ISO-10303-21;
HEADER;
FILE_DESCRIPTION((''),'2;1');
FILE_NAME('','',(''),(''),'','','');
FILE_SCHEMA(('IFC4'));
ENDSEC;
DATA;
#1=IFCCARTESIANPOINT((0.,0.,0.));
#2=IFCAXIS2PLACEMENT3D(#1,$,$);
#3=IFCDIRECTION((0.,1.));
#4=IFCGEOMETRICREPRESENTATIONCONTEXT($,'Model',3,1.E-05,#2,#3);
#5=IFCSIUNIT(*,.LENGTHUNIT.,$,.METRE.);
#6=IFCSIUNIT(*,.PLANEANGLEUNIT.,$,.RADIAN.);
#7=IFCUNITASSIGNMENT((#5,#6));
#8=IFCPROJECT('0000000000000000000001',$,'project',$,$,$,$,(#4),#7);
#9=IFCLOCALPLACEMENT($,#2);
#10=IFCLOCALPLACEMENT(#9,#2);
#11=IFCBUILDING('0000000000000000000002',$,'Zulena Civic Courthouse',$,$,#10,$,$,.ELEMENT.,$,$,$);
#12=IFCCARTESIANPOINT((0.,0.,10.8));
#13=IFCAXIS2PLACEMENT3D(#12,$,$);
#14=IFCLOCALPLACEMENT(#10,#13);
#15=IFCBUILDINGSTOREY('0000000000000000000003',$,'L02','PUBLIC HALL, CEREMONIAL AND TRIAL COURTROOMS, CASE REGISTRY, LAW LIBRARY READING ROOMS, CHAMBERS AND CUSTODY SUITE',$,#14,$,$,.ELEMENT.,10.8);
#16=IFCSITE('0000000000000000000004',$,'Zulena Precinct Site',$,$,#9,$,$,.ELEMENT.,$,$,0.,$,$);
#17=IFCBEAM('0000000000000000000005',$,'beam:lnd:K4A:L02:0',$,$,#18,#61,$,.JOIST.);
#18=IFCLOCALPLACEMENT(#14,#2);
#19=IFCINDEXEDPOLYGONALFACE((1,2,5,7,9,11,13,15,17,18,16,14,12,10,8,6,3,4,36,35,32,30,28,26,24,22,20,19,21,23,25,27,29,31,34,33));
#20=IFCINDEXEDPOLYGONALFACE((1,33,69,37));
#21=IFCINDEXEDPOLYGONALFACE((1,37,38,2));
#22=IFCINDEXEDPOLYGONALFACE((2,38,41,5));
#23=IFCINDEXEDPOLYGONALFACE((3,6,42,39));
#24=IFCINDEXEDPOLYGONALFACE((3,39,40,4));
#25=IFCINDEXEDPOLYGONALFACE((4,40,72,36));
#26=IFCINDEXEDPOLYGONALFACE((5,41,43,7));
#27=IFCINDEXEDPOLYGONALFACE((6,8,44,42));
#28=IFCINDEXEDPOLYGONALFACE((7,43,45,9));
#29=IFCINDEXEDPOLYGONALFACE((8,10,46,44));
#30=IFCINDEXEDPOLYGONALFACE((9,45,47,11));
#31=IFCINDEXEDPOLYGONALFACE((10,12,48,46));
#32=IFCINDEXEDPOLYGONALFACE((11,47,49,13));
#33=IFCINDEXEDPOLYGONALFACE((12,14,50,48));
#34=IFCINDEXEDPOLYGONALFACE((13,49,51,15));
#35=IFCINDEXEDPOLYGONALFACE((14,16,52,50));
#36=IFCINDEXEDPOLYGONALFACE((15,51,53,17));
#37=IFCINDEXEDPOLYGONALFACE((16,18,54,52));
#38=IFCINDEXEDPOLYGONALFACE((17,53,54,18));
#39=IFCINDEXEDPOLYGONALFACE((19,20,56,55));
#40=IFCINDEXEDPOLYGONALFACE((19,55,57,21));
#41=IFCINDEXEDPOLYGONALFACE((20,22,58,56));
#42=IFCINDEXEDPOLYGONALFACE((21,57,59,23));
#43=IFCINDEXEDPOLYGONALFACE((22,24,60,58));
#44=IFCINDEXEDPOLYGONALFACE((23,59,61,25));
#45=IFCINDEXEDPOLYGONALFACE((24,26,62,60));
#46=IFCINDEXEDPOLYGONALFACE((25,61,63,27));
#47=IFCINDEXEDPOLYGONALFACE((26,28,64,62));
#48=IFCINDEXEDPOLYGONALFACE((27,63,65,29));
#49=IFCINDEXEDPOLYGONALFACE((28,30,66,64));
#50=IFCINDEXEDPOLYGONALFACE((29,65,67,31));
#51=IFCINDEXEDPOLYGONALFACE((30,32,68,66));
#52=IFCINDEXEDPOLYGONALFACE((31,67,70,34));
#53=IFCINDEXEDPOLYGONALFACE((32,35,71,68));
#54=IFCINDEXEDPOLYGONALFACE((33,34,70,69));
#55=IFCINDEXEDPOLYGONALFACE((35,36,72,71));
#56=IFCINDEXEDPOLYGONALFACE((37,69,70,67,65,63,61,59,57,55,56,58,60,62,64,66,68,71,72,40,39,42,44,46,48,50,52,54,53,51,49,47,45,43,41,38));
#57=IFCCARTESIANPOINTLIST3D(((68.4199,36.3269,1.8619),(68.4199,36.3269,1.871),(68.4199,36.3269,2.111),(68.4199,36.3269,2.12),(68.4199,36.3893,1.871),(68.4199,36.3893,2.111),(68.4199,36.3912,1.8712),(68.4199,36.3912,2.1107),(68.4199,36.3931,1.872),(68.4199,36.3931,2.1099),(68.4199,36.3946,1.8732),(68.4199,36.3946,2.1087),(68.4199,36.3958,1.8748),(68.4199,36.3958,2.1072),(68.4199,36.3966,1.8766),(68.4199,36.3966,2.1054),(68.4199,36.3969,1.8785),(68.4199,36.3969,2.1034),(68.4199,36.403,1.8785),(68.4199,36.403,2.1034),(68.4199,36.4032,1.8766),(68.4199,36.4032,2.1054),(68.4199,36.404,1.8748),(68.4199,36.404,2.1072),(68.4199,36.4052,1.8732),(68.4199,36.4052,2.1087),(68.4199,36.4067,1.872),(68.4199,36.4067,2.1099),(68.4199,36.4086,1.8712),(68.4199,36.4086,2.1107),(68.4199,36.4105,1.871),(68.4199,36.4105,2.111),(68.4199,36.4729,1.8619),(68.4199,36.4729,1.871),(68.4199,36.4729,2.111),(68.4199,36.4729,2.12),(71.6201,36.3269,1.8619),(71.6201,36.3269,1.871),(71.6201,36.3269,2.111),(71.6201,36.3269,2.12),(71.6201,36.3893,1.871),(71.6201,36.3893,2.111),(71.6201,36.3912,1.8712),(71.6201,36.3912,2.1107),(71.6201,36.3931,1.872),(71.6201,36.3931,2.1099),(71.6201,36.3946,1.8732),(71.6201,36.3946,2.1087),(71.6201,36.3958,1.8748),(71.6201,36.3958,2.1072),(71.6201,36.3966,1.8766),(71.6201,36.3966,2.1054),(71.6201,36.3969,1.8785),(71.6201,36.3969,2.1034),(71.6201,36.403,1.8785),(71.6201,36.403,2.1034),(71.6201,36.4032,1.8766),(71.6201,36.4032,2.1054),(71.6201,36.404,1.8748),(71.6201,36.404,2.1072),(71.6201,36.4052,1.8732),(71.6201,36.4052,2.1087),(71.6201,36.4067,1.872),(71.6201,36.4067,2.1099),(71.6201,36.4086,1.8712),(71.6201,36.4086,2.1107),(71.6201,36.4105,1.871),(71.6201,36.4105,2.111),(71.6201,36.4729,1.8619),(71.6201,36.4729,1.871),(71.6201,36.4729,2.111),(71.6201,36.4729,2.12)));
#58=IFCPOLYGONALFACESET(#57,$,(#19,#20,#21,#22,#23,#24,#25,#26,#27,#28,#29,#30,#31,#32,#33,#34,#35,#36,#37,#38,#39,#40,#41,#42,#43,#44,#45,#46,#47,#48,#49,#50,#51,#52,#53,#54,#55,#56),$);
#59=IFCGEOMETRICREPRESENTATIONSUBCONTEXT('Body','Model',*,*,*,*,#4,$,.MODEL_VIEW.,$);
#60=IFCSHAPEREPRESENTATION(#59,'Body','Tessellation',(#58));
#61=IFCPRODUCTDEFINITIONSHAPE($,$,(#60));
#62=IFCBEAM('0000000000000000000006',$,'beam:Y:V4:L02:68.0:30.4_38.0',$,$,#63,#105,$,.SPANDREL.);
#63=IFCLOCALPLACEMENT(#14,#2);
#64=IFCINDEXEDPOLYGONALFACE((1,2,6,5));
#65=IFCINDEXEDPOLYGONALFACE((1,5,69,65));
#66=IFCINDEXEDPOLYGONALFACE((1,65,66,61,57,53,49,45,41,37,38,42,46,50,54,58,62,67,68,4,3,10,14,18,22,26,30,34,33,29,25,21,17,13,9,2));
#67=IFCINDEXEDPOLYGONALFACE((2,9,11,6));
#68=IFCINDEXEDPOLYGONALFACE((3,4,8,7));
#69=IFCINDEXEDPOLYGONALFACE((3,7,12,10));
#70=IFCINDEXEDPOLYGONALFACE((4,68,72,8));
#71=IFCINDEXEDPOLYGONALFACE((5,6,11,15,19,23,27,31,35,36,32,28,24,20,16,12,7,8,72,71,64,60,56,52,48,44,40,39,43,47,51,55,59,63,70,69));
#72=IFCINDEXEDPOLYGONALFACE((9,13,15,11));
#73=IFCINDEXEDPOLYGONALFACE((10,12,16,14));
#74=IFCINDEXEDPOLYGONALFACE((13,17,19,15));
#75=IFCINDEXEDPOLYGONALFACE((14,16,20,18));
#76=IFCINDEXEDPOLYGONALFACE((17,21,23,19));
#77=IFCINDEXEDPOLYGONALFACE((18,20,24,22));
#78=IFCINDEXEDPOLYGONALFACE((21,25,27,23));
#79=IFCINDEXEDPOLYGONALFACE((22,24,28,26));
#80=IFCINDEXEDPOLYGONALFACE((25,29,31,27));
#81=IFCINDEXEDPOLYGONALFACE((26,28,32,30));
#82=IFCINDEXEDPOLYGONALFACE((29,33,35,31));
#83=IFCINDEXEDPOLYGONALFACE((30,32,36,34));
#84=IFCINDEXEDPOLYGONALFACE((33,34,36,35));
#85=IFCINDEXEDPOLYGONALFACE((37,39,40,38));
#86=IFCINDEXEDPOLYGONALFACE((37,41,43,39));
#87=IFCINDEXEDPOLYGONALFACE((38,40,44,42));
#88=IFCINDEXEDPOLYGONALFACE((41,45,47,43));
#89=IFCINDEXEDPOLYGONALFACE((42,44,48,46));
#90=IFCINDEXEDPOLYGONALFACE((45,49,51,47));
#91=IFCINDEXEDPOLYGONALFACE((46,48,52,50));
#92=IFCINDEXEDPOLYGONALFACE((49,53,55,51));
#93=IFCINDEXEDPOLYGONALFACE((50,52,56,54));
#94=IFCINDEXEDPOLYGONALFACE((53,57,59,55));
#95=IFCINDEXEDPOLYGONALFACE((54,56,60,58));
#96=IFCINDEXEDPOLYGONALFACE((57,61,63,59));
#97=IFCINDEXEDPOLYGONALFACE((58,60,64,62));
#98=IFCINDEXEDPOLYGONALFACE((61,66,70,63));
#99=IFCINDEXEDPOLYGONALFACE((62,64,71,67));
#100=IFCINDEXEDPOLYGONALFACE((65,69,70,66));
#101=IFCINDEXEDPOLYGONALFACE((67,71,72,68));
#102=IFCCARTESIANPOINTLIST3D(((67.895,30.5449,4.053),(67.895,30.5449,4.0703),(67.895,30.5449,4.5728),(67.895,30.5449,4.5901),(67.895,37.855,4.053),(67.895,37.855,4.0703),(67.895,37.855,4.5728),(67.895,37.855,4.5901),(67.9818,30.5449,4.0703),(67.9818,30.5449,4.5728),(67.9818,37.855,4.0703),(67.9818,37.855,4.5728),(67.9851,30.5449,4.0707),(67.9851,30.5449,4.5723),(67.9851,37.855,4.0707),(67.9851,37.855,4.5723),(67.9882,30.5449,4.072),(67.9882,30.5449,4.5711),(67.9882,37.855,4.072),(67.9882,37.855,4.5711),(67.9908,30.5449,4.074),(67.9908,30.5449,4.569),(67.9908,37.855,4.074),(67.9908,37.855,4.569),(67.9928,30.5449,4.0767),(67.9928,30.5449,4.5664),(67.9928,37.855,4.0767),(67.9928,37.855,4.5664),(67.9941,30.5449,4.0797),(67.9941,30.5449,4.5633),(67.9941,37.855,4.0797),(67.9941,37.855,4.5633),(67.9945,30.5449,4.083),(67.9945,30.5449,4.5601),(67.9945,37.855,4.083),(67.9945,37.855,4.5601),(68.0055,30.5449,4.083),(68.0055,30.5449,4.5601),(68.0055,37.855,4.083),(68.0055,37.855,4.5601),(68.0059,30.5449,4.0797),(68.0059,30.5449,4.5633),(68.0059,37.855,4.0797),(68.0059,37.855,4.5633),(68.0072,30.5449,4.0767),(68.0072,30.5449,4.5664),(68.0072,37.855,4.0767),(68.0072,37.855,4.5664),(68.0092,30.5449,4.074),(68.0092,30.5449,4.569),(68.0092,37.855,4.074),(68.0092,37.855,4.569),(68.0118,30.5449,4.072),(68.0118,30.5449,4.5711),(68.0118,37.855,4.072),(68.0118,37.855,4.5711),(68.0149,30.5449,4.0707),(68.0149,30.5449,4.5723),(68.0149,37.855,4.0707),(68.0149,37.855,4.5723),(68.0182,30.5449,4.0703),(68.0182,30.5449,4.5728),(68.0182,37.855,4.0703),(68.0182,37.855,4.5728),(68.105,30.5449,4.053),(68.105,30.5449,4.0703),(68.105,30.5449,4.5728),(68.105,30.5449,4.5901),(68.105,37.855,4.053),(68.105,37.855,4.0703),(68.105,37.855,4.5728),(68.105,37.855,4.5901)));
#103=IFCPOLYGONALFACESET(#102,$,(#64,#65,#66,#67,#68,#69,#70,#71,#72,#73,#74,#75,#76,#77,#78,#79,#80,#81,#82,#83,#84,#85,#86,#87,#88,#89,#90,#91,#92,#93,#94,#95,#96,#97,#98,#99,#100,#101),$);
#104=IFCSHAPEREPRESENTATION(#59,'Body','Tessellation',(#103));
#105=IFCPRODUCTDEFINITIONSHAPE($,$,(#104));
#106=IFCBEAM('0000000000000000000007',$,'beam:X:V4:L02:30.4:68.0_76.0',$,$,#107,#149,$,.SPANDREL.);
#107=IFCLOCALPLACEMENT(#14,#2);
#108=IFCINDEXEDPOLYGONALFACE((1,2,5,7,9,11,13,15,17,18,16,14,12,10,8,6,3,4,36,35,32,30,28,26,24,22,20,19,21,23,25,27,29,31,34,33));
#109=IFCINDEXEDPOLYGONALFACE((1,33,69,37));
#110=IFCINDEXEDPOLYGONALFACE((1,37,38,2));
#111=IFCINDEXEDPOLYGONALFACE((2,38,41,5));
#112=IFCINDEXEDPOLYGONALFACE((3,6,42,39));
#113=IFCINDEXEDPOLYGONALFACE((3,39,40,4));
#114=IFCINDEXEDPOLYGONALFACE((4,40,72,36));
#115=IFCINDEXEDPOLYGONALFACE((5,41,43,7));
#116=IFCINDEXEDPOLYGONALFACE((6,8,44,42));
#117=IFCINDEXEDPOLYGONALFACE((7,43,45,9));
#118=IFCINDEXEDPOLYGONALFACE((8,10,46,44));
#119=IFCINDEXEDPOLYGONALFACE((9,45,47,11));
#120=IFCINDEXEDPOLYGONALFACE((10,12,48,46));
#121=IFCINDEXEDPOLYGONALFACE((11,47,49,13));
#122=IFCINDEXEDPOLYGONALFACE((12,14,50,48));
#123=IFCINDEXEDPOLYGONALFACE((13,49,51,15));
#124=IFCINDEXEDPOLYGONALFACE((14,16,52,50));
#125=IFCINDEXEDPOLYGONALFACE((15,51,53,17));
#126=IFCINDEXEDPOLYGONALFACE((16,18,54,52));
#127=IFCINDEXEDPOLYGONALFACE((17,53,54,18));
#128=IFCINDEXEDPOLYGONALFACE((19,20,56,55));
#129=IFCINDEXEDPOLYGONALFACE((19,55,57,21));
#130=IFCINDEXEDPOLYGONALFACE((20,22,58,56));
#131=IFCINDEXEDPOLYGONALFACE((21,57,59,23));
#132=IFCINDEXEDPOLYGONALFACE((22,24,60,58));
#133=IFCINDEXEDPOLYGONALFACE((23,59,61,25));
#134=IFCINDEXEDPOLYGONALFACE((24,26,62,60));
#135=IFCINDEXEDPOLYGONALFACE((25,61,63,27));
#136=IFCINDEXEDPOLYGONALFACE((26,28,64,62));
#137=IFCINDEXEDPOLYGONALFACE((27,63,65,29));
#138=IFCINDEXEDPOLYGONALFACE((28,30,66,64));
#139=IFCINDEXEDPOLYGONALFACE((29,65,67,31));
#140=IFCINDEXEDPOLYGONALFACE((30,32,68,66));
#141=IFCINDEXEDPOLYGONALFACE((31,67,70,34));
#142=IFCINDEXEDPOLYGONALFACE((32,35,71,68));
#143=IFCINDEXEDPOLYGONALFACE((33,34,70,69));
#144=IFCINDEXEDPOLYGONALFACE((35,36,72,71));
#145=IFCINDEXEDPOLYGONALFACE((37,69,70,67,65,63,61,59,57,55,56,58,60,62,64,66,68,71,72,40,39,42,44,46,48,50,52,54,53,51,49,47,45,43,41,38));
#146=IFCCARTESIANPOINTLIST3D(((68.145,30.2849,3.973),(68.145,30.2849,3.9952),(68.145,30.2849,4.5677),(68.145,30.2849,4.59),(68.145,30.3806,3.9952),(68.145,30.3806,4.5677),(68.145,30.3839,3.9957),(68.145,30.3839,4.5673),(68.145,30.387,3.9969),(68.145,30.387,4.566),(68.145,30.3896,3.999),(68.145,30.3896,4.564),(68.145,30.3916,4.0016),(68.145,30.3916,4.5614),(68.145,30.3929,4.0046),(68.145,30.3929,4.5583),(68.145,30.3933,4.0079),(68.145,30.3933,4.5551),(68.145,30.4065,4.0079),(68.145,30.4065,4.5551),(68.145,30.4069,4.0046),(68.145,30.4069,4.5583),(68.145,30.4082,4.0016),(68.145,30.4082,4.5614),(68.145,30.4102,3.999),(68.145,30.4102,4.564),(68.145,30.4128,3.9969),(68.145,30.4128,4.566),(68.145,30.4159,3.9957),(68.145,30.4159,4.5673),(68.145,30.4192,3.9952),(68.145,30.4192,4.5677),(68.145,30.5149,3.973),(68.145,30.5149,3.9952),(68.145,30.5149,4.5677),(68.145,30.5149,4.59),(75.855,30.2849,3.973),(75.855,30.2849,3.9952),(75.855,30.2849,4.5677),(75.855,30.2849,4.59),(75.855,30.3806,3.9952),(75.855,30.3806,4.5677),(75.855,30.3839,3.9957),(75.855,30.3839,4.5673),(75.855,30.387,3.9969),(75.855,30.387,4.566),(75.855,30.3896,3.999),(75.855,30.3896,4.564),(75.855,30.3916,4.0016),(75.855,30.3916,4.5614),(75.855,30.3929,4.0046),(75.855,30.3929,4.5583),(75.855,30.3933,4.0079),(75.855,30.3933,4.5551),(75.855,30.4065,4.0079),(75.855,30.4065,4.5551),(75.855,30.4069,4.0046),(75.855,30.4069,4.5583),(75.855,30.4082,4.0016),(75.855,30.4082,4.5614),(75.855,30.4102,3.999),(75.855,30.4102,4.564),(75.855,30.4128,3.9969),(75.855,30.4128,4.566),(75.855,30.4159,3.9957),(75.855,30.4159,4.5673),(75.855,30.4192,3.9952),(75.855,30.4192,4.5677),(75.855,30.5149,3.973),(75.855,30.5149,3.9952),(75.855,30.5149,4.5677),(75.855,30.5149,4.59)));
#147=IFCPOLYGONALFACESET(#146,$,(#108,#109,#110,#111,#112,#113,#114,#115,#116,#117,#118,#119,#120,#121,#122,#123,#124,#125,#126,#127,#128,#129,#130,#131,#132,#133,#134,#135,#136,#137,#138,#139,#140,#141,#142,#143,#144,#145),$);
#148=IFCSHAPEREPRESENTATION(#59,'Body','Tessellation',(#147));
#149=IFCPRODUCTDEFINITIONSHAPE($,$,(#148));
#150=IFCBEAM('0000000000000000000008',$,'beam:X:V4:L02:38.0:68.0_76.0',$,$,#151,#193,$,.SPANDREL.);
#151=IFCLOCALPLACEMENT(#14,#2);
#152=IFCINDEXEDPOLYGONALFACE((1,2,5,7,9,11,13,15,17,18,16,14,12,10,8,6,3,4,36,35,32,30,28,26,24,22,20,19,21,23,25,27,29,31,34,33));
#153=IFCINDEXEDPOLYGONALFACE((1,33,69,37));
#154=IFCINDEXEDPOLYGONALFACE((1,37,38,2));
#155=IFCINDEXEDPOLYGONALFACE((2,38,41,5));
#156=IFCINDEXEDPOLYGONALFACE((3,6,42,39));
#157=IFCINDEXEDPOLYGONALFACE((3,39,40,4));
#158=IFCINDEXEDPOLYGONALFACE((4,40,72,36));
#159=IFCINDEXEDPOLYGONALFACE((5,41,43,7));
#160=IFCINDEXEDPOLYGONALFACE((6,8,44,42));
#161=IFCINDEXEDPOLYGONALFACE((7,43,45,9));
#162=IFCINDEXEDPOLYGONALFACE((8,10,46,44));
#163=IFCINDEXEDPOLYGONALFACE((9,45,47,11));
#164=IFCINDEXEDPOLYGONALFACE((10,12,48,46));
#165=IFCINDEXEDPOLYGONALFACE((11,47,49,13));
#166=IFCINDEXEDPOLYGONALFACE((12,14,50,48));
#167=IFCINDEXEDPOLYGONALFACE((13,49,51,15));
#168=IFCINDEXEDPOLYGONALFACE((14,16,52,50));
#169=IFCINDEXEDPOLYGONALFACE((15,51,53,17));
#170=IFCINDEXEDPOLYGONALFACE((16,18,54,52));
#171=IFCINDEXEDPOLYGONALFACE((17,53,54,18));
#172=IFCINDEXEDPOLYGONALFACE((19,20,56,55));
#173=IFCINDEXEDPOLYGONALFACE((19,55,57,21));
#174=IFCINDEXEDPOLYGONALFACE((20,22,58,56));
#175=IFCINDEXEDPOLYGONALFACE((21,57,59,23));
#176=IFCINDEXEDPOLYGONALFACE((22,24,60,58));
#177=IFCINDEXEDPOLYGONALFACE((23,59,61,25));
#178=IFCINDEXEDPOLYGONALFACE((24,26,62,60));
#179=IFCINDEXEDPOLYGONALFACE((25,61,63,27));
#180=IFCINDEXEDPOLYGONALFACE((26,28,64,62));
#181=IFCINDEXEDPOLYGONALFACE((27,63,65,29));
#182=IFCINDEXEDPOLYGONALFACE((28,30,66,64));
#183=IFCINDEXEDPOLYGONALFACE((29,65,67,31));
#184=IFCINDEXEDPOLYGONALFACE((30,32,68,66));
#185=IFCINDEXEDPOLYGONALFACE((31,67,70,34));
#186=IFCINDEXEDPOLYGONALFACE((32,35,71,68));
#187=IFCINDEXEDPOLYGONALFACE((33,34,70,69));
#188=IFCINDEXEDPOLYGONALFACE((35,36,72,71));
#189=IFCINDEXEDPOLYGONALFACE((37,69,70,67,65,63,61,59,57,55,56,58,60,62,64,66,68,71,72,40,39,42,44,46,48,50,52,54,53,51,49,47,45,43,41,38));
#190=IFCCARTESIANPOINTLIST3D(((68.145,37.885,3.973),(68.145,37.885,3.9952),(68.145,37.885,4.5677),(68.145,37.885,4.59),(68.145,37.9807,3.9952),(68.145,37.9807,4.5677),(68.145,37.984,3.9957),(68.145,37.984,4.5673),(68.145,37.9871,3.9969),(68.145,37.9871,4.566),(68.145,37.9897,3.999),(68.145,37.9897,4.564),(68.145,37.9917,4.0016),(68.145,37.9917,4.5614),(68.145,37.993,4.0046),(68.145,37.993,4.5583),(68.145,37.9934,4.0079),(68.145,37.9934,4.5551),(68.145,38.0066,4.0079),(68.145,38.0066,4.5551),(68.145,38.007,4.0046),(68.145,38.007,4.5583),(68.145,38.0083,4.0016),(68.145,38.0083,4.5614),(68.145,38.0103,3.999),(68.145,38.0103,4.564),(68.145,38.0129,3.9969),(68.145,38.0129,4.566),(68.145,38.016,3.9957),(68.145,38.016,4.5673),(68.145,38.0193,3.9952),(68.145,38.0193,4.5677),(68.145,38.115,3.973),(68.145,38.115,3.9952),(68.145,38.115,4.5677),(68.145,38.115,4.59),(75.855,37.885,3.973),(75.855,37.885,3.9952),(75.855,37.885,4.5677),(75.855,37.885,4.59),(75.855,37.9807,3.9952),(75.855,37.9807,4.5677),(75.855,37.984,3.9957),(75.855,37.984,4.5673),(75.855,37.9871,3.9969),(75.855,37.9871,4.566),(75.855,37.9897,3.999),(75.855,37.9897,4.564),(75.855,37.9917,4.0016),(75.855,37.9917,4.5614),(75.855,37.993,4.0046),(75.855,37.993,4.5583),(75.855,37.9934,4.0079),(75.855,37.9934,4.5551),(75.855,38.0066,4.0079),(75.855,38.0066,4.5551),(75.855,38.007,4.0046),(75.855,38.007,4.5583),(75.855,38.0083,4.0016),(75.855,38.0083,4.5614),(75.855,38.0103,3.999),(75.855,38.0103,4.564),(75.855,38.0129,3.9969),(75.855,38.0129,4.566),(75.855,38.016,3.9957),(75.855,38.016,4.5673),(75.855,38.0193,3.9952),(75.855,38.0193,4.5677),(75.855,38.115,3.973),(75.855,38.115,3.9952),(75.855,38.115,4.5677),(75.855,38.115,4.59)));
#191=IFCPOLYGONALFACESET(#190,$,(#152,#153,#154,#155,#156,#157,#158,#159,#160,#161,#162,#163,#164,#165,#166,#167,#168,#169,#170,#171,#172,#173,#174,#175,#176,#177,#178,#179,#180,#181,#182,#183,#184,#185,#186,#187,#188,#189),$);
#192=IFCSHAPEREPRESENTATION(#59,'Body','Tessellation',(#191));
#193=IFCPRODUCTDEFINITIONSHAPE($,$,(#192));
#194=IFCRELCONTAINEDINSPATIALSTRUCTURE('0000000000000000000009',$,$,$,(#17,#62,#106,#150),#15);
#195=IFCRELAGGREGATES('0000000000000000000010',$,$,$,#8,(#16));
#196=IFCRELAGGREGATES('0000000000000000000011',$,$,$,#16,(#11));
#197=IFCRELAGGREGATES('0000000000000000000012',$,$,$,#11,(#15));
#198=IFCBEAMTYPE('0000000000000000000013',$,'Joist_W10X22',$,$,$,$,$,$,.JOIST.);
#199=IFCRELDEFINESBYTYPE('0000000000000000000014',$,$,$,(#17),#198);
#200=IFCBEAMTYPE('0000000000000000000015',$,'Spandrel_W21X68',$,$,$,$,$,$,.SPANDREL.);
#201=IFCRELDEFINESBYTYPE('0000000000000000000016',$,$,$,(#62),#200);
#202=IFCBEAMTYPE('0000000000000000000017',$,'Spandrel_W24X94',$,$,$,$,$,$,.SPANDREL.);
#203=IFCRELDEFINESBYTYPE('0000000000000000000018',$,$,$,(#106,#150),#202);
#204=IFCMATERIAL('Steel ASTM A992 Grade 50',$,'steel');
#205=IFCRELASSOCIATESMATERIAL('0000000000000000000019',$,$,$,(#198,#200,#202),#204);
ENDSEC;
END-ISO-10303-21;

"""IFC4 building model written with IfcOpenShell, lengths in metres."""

from ifc_helpers import new_model, si_unit, direction, frame, origin, origin_2d, place, context, subcontext, project, spatial, i_section, extrude, material, material_profile, profile_set, type_object, element, save


model = new_model("IFC4")

# Units and contexts
model_context = context("Model", 3, precision=1e-05, world=origin(), true_north=direction((0.0, 1.0)))
body_context = subcontext(model_context, "Body", "Model", "MODEL_VIEW")
ifc_project = project(units=[si_unit("LENGTHUNIT", "METRE"), si_unit("PLANEANGLEUNIT", "RADIAN")], contexts=[model_context])

# Site, building, storey
site_placement = place(None, origin())
site = spatial("IfcSite", under=ifc_project, at=site_placement, Name="Zulena Precinct Site", CompositionType="ELEMENT", RefElevation=0.0)
building_placement = place(site_placement, origin())
building = spatial("IfcBuilding", under=site, at=building_placement, Name="Zulena Civic Courthouse", CompositionType="ELEMENT")
storey_placement = place(building_placement, frame((0.0, 0.0, 10.8)))
storey = spatial("IfcBuildingStorey", under=building, at=storey_placement, Name="L02", Description="PUBLIC HALL, CEREMONIAL AND TRIAL COURTROOMS, CASE REGISTRY, LAW LIBRARY READING ROOMS, CHAMBERS AND CUSTODY SUITE", CompositionType="ELEMENT", Elevation=10.8)

# Shared definitions
ifc_material_1 = material(Name="Steel ASTM A992 Grade 50", Category="steel")

# Beams
ifc_material_profile_1 = material_profile(ifc_material_1, i_section(OverallWidth=0.146, OverallDepth=0.2581, WebThickness=0.0061, FlangeThickness=0.009, FilletRadius=0.0076, at=origin_2d()), Name="W10X22")
ifc_profile_set_1 = profile_set([ifc_material_profile_1], Name="Steel ASTM A992 Grade 50")
beam_type_1 = type_object("IfcBeamType", Name="Joist_W10X22", PredefinedType="JOIST", material=ifc_profile_set_1)
beam_1_placement = place(storey_placement, frame((68.4199, 36.3999, 1.991), z_axis=(1.0, 0.0, 0.0), x_axis=(0.0, 1.0, 0.0)))
element("IfcBeam", 1, at=beam_1_placement, inside=storey, type_object=beam_type_1, Name="beam:lnd:K4A:L02:0", PredefinedType="JOIST", context=body_context, shape_type="SweptSolid", body=[
    extrude(i_section(OverallWidth=0.146, OverallDepth=0.2581, WebThickness=0.0061, FlangeThickness=0.009, FilletRadius=0.0076, at=origin_2d()), origin(), (0.0, 0.0, 1.0), 3.2002),
])
ifc_material_profile_2 = material_profile(ifc_material_1, i_section(OverallWidth=0.21, OverallDepth=0.5371, WebThickness=0.011, FlangeThickness=0.0173, FilletRadius=0.0127, at=origin_2d()), Name="W21X68")
ifc_profile_set_2 = profile_set([ifc_material_profile_2], Name="Steel ASTM A992 Grade 50")
beam_type_2 = type_object("IfcBeamType", Name="Spandrel_W21X68", PredefinedType="SPANDREL", material=ifc_profile_set_2)
beam_2_placement = place(storey_placement, frame((68.0, 30.5449, 4.3215), z_axis=(0.0, 1.0, 0.0), x_axis=(-1.0, 0.0, 0.0)))
element("IfcBeam", 2, at=beam_2_placement, inside=storey, type_object=beam_type_2, Name="beam:Y:V4:L02:68.0:30.4_38.0", PredefinedType="SPANDREL", context=body_context, shape_type="SweptSolid", body=[
    extrude(i_section(OverallWidth=0.21, OverallDepth=0.5371, WebThickness=0.011, FlangeThickness=0.0173, FilletRadius=0.0127, at=origin_2d()), origin(), (0.0, 0.0, 1.0), 7.3101),
])
ifc_material_profile_3 = material_profile(ifc_material_1, i_section(OverallWidth=0.23, OverallDepth=0.6169, WebThickness=0.0132, FlangeThickness=0.0222, FilletRadius=0.0127, at=origin_2d()), Name="W24X94")
ifc_profile_set_3 = profile_set([ifc_material_profile_3], Name="Steel ASTM A992 Grade 50")
beam_type_3 = type_object("IfcBeamType", Name="Spandrel_W24X94", PredefinedType="SPANDREL", material=ifc_profile_set_3)
for number, where, z_axis, x_axis, name in (
    (3, (68.145, 30.3999, 4.2815), (1.0, 0.0, 0.0), (0.0, 1.0, 0.0), "beam:X:V4:L02:30.4:68.0_76.0"),
    (4, (68.145, 38.0, 4.2815), (1.0, 0.0, 0.0), (0.0, 1.0, 0.0), "beam:X:V4:L02:38.0:68.0_76.0"),
):
    element("IfcBeam", number, at=place(storey_placement, frame(where, z_axis=z_axis, x_axis=x_axis)), inside=storey, type_object=beam_type_3, Name=name, PredefinedType="SPANDREL", context=body_context, shape_type="SweptSolid", body=[
        extrude(i_section(OverallWidth=0.23, OverallDepth=0.6169, WebThickness=0.0132, FlangeThickness=0.0222, FilletRadius=0.0127, at=origin_2d()), origin(), (0.0, 0.0, 1.0), 7.71),
    ])

save(model, "model.ifc")
